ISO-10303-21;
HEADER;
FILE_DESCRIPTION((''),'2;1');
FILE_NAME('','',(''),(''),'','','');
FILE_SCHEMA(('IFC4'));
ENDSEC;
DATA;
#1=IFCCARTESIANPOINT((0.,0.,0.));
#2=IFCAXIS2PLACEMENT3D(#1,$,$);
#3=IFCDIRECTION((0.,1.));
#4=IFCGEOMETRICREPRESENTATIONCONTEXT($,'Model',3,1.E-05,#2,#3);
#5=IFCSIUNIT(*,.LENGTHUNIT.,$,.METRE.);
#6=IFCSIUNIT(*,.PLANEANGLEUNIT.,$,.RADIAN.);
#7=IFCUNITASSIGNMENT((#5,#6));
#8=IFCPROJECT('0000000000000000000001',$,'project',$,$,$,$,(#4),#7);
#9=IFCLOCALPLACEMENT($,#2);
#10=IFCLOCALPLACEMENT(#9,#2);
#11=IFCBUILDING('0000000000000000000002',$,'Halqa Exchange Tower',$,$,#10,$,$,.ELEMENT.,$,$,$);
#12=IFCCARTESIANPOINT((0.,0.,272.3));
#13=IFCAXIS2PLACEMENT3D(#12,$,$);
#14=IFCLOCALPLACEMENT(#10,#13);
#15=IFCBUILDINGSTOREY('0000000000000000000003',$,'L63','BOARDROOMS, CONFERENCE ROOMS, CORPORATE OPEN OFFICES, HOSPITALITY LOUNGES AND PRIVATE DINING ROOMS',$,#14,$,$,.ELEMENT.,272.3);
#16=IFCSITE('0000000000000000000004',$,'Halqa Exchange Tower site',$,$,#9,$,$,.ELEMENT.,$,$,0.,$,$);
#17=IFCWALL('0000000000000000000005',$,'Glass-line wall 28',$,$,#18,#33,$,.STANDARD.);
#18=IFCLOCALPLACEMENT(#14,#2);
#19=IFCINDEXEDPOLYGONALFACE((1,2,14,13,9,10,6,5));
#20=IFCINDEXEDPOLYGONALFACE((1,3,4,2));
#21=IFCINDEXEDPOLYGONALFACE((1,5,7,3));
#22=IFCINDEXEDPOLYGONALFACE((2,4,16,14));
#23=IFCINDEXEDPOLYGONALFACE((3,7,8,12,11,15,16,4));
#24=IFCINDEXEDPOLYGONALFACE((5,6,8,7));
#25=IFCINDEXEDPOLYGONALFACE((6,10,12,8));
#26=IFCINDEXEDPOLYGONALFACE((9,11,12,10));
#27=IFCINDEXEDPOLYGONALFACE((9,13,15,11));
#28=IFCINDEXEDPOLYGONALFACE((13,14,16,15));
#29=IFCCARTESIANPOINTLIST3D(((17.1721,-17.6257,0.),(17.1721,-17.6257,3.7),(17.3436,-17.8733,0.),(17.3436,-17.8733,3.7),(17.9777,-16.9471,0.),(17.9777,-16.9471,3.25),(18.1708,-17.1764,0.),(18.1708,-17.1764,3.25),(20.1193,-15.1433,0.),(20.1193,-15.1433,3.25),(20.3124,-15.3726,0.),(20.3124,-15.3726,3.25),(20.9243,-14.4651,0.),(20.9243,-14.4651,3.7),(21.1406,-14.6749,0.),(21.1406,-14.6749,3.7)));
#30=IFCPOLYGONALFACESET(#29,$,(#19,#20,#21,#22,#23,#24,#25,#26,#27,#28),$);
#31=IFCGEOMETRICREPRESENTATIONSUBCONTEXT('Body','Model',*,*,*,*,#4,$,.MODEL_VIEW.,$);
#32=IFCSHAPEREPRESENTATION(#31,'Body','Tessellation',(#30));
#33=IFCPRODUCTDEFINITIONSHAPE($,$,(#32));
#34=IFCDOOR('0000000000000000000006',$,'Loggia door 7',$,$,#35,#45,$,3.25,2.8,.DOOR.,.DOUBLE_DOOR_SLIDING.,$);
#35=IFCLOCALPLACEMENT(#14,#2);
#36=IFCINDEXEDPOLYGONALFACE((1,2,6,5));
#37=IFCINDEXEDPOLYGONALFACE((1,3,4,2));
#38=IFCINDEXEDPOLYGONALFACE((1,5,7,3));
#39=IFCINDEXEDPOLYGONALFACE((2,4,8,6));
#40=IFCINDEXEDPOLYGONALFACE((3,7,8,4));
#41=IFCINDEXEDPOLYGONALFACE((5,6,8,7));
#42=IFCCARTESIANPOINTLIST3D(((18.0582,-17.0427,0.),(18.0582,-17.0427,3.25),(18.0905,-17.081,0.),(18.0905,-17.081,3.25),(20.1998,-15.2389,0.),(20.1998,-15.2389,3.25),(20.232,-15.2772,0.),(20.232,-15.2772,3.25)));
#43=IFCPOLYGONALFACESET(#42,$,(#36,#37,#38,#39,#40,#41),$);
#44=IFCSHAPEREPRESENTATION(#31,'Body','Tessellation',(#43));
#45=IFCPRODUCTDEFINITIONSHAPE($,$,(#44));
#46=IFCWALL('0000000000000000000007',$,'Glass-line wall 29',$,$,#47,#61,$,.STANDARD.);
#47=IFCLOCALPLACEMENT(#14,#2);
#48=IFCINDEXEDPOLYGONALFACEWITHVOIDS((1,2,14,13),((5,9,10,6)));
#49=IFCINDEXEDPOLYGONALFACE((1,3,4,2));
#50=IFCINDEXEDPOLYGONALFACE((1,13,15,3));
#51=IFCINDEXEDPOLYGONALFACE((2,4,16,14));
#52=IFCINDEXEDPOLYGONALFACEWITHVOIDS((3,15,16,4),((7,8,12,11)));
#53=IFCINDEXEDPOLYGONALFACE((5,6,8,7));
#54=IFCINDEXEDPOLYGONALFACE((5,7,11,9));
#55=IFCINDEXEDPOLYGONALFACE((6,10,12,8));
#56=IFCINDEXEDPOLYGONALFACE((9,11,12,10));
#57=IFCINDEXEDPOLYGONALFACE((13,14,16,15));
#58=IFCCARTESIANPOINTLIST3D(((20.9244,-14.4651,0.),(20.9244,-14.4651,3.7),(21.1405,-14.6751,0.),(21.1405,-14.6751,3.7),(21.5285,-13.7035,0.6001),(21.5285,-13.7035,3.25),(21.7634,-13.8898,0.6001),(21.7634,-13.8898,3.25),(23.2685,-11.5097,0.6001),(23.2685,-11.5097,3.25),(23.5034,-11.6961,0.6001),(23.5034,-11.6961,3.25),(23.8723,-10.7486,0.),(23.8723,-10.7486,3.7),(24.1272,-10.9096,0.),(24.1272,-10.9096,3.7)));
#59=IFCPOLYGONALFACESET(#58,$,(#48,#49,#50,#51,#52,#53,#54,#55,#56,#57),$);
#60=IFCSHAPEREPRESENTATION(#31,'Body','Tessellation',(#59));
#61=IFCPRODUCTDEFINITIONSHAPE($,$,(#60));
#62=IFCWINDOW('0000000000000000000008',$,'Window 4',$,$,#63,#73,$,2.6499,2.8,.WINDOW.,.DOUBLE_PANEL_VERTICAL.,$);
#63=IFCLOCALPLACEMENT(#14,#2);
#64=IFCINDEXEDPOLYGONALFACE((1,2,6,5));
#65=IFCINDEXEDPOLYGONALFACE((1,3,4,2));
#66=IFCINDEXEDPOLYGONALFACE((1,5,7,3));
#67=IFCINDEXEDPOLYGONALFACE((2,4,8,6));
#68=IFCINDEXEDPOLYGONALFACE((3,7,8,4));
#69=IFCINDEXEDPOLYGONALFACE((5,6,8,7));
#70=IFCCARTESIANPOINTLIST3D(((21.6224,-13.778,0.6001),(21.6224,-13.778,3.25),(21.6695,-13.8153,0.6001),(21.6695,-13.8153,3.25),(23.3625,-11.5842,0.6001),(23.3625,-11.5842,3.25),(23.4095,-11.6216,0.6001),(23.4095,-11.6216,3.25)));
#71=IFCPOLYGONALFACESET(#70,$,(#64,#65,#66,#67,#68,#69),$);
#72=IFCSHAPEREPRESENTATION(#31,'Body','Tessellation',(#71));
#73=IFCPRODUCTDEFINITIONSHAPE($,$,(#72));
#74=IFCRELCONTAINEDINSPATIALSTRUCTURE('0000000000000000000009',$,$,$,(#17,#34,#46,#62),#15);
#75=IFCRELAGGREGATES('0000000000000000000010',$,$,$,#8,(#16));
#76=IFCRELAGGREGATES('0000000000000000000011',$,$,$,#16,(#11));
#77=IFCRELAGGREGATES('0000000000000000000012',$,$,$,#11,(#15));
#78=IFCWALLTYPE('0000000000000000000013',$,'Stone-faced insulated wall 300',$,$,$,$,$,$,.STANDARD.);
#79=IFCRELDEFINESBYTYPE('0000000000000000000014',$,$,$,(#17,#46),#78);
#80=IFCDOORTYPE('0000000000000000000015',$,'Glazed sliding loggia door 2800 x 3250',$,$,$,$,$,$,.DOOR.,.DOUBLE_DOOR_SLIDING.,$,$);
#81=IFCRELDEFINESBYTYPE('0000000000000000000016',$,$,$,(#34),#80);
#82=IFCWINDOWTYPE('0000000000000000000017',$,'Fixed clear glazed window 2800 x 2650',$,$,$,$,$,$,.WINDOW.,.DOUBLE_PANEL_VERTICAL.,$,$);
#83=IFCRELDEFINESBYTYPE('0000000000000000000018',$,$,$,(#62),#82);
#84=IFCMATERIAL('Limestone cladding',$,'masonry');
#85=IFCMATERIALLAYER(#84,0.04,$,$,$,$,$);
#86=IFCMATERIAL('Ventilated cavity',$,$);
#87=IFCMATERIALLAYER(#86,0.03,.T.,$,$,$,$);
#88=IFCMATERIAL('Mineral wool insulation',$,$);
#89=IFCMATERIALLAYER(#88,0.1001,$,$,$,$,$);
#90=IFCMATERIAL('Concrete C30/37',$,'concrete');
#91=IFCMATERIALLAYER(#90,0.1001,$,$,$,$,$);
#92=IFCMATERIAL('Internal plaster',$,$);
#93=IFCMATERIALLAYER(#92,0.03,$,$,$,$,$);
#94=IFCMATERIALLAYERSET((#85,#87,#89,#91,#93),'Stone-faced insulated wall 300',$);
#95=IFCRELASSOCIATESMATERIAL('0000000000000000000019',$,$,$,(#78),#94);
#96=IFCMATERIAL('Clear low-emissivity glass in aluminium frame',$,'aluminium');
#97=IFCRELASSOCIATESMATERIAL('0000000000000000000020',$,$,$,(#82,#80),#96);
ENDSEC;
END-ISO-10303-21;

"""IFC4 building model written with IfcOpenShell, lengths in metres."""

from ifc_helpers import new_model, si_unit, direction, frame, frame_2d, origin, place, context, subcontext, project, spatial, polyline, rectangle, outline, extrude, material, layer, layer_set, type_object, element, fill, save


model = new_model("IFC4")

# Units and contexts
model_context = context("Model", 3, precision=1e-05, world=origin(), true_north=direction((0.0, 1.0)))
body_context = subcontext(model_context, "Body", "Model", "MODEL_VIEW")
ifc_project = project(units=[si_unit("LENGTHUNIT", "METRE"), si_unit("PLANEANGLEUNIT", "RADIAN")], contexts=[model_context])

# Site, building, storey
site_placement = place(None, origin())
site = spatial("IfcSite", under=ifc_project, at=site_placement, Name="Halqa Exchange Tower site", CompositionType="ELEMENT", RefElevation=0.0)
building_placement = place(site_placement, origin())
building = spatial("IfcBuilding", under=site, at=building_placement, Name="Halqa Exchange Tower", CompositionType="ELEMENT")
storey_placement = place(building_placement, frame((0.0, 0.0, 272.3)))
storey = spatial("IfcBuildingStorey", under=building, at=storey_placement, Name="L63", Description="BOARDROOMS, CONFERENCE ROOMS, CORPORATE OPEN OFFICES, HOSPITALITY LOUNGES AND PRIVATE DINING ROOMS", CompositionType="ELEMENT", Elevation=272.3)

# Shared definitions
ifc_material_1 = material(Name="Limestone cladding", Category="masonry")
ifc_layer_1 = layer(ifc_material_1, 0.04)
ifc_material_2 = material(Name="Ventilated cavity")
ifc_layer_2 = layer(ifc_material_2, 0.03, ventilated=True)
ifc_material_3 = material(Name="Mineral wool insulation")
ifc_layer_3 = layer(ifc_material_3, 0.1001)
ifc_material_4 = material(Name="Concrete C30/37", Category="concrete")
ifc_layer_4 = layer(ifc_material_4, 0.1001)
ifc_material_5 = material(Name="Internal plaster")
ifc_layer_5 = layer(ifc_material_5, 0.03)
ifc_layer_set_1 = layer_set([ifc_layer_1, ifc_layer_2, ifc_layer_3, ifc_layer_4, ifc_layer_5], Name="Stone-faced insulated wall 300")
wall_type_1 = type_object("IfcWallType", Name="Stone-faced insulated wall 300", PredefinedType="STANDARD", material=ifc_layer_set_1)
ifc_material_6 = material(Name="Clear low-emissivity glass in aluminium frame", Category="aluminium")
window_type = type_object("IfcWindowType", Name="Fixed clear glazed window 2800 x 2650", PartitioningType="DOUBLE_PANEL_VERTICAL", PredefinedType="WINDOW", material=ifc_material_6)

# Wall, opening, door
wall_1_placement = place(storey_placement, frame((17.2578, -17.7495, 0.0), z_axis=(0.0, 0.0, 1.0), x_axis=(0.764833, 0.644229, 0.0)))
wall_1 = element("IfcWall", 1, at=wall_1_placement, inside=storey, type_object=wall_type_1, Name="Glass-line wall 28", PredefinedType="STANDARD", context=body_context, shape_type="SweptSolid", body=[
    extrude(outline(polyline([(-0.0142, -0.1499), (4.9504, -0.1499), (4.9202, 0.1499), (0.0142, 0.1499), (-0.0142, -0.1499)])), origin(), (0.0, 0.0, 1.0), 3.7),
])
opening_1_placement = place(wall_1_placement, frame((1.0676, 0.0, 0.0)))
opening_1 = element("IfcOpeningElement", 2, at=opening_1_placement, cuts=wall_1, PredefinedType="OPENING", context=body_context, shape_type="SweptSolid", body=[
    extrude(rectangle(XDim=2.8, YDim=3.25, at=frame_2d((1.3999, 1.625))), frame((0.0, 0.1621, 0.0), z_axis=(0.0, -1.0, 0.0), x_axis=(1.0, 0.0, 0.0)), (0.0, 0.0, 1.0), 0.324),
])
door_type_1 = type_object("IfcDoorType", Name="Glazed sliding loggia door 2800 x 3250", OperationType="DOUBLE_DOOR_SLIDING", PredefinedType="DOOR", material=ifc_material_6)
door_1_placement = place(opening_1_placement, origin())
door_1 = element("IfcDoor", 3, at=door_1_placement, inside=storey, type_object=door_type_1, Name="Loggia door 7", OperationType="DOUBLE_DOOR_SLIDING", OverallHeight=3.25, OverallWidth=2.8, PredefinedType="DOOR", context=body_context, shape_type="SweptSolid", body=[
    extrude(rectangle(XDim=2.8, YDim=3.25, at=frame_2d((1.3999, 1.625))), frame((0.0, 0.0249, 0.0), z_axis=(0.0, -1.0, 0.0), x_axis=(1.0, 0.0, 0.0)), (0.0, 0.0, 1.0), 0.05),
])
fill(opening_1, door_1)

# Wall, opening, window
wall_2_placement = place(storey_placement, frame((21.0325, -14.5701, 0.0), z_axis=(0.0, 0.0, 1.0), x_axis=(0.621435, 0.783466, 0.0)))
wall_2 = element("IfcWall", 4, at=wall_2_placement, inside=storey, type_object=wall_type_1, Name="Glass-line wall 29", PredefinedType="STANDARD", context=body_context, shape_type="SweptSolid", body=[
    extrude(outline(polyline([(-0.0151, -0.1499), (4.791, -0.1499), (4.7588, 0.1499), (0.0151, 0.1499), (-0.0151, -0.1499)])), origin(), (0.0, 0.0, 1.0), 3.7),
])
opening_2_placement = place(wall_2_placement, frame((0.9873, 0.0, 0.6001)))
opening_2 = element("IfcOpeningElement", 5, at=opening_2_placement, cuts=wall_2, PredefinedType="OPENING", context=body_context, shape_type="SweptSolid", body=[
    extrude(rectangle(XDim=2.8, YDim=2.6499, at=frame_2d((1.3999, 1.325))), frame((0.0, 0.1621, 0.0), z_axis=(0.0, -1.0, 0.0), x_axis=(1.0, 0.0, 0.0)), (0.0, 0.0, 1.0), 0.324),
])
window_1_placement = place(opening_2_placement, origin())
window_1 = element("IfcWindow", 6, at=window_1_placement, inside=storey, type_object=window_type, Name="Window 4", OverallHeight=2.6499, OverallWidth=2.8, PartitioningType="DOUBLE_PANEL_VERTICAL", PredefinedType="WINDOW", context=body_context, shape_type="SweptSolid", body=[
    extrude(rectangle(XDim=2.8, YDim=2.6499, at=frame_2d((1.3999, 1.325))), frame((0.0, 0.03, 0.0), z_axis=(0.0, -1.0, 0.0), x_axis=(1.0, 0.0, 0.0)), (0.0, 0.0, 1.0), 0.0601),
])
fill(opening_2, window_1)

save(model, "model.ifc")
